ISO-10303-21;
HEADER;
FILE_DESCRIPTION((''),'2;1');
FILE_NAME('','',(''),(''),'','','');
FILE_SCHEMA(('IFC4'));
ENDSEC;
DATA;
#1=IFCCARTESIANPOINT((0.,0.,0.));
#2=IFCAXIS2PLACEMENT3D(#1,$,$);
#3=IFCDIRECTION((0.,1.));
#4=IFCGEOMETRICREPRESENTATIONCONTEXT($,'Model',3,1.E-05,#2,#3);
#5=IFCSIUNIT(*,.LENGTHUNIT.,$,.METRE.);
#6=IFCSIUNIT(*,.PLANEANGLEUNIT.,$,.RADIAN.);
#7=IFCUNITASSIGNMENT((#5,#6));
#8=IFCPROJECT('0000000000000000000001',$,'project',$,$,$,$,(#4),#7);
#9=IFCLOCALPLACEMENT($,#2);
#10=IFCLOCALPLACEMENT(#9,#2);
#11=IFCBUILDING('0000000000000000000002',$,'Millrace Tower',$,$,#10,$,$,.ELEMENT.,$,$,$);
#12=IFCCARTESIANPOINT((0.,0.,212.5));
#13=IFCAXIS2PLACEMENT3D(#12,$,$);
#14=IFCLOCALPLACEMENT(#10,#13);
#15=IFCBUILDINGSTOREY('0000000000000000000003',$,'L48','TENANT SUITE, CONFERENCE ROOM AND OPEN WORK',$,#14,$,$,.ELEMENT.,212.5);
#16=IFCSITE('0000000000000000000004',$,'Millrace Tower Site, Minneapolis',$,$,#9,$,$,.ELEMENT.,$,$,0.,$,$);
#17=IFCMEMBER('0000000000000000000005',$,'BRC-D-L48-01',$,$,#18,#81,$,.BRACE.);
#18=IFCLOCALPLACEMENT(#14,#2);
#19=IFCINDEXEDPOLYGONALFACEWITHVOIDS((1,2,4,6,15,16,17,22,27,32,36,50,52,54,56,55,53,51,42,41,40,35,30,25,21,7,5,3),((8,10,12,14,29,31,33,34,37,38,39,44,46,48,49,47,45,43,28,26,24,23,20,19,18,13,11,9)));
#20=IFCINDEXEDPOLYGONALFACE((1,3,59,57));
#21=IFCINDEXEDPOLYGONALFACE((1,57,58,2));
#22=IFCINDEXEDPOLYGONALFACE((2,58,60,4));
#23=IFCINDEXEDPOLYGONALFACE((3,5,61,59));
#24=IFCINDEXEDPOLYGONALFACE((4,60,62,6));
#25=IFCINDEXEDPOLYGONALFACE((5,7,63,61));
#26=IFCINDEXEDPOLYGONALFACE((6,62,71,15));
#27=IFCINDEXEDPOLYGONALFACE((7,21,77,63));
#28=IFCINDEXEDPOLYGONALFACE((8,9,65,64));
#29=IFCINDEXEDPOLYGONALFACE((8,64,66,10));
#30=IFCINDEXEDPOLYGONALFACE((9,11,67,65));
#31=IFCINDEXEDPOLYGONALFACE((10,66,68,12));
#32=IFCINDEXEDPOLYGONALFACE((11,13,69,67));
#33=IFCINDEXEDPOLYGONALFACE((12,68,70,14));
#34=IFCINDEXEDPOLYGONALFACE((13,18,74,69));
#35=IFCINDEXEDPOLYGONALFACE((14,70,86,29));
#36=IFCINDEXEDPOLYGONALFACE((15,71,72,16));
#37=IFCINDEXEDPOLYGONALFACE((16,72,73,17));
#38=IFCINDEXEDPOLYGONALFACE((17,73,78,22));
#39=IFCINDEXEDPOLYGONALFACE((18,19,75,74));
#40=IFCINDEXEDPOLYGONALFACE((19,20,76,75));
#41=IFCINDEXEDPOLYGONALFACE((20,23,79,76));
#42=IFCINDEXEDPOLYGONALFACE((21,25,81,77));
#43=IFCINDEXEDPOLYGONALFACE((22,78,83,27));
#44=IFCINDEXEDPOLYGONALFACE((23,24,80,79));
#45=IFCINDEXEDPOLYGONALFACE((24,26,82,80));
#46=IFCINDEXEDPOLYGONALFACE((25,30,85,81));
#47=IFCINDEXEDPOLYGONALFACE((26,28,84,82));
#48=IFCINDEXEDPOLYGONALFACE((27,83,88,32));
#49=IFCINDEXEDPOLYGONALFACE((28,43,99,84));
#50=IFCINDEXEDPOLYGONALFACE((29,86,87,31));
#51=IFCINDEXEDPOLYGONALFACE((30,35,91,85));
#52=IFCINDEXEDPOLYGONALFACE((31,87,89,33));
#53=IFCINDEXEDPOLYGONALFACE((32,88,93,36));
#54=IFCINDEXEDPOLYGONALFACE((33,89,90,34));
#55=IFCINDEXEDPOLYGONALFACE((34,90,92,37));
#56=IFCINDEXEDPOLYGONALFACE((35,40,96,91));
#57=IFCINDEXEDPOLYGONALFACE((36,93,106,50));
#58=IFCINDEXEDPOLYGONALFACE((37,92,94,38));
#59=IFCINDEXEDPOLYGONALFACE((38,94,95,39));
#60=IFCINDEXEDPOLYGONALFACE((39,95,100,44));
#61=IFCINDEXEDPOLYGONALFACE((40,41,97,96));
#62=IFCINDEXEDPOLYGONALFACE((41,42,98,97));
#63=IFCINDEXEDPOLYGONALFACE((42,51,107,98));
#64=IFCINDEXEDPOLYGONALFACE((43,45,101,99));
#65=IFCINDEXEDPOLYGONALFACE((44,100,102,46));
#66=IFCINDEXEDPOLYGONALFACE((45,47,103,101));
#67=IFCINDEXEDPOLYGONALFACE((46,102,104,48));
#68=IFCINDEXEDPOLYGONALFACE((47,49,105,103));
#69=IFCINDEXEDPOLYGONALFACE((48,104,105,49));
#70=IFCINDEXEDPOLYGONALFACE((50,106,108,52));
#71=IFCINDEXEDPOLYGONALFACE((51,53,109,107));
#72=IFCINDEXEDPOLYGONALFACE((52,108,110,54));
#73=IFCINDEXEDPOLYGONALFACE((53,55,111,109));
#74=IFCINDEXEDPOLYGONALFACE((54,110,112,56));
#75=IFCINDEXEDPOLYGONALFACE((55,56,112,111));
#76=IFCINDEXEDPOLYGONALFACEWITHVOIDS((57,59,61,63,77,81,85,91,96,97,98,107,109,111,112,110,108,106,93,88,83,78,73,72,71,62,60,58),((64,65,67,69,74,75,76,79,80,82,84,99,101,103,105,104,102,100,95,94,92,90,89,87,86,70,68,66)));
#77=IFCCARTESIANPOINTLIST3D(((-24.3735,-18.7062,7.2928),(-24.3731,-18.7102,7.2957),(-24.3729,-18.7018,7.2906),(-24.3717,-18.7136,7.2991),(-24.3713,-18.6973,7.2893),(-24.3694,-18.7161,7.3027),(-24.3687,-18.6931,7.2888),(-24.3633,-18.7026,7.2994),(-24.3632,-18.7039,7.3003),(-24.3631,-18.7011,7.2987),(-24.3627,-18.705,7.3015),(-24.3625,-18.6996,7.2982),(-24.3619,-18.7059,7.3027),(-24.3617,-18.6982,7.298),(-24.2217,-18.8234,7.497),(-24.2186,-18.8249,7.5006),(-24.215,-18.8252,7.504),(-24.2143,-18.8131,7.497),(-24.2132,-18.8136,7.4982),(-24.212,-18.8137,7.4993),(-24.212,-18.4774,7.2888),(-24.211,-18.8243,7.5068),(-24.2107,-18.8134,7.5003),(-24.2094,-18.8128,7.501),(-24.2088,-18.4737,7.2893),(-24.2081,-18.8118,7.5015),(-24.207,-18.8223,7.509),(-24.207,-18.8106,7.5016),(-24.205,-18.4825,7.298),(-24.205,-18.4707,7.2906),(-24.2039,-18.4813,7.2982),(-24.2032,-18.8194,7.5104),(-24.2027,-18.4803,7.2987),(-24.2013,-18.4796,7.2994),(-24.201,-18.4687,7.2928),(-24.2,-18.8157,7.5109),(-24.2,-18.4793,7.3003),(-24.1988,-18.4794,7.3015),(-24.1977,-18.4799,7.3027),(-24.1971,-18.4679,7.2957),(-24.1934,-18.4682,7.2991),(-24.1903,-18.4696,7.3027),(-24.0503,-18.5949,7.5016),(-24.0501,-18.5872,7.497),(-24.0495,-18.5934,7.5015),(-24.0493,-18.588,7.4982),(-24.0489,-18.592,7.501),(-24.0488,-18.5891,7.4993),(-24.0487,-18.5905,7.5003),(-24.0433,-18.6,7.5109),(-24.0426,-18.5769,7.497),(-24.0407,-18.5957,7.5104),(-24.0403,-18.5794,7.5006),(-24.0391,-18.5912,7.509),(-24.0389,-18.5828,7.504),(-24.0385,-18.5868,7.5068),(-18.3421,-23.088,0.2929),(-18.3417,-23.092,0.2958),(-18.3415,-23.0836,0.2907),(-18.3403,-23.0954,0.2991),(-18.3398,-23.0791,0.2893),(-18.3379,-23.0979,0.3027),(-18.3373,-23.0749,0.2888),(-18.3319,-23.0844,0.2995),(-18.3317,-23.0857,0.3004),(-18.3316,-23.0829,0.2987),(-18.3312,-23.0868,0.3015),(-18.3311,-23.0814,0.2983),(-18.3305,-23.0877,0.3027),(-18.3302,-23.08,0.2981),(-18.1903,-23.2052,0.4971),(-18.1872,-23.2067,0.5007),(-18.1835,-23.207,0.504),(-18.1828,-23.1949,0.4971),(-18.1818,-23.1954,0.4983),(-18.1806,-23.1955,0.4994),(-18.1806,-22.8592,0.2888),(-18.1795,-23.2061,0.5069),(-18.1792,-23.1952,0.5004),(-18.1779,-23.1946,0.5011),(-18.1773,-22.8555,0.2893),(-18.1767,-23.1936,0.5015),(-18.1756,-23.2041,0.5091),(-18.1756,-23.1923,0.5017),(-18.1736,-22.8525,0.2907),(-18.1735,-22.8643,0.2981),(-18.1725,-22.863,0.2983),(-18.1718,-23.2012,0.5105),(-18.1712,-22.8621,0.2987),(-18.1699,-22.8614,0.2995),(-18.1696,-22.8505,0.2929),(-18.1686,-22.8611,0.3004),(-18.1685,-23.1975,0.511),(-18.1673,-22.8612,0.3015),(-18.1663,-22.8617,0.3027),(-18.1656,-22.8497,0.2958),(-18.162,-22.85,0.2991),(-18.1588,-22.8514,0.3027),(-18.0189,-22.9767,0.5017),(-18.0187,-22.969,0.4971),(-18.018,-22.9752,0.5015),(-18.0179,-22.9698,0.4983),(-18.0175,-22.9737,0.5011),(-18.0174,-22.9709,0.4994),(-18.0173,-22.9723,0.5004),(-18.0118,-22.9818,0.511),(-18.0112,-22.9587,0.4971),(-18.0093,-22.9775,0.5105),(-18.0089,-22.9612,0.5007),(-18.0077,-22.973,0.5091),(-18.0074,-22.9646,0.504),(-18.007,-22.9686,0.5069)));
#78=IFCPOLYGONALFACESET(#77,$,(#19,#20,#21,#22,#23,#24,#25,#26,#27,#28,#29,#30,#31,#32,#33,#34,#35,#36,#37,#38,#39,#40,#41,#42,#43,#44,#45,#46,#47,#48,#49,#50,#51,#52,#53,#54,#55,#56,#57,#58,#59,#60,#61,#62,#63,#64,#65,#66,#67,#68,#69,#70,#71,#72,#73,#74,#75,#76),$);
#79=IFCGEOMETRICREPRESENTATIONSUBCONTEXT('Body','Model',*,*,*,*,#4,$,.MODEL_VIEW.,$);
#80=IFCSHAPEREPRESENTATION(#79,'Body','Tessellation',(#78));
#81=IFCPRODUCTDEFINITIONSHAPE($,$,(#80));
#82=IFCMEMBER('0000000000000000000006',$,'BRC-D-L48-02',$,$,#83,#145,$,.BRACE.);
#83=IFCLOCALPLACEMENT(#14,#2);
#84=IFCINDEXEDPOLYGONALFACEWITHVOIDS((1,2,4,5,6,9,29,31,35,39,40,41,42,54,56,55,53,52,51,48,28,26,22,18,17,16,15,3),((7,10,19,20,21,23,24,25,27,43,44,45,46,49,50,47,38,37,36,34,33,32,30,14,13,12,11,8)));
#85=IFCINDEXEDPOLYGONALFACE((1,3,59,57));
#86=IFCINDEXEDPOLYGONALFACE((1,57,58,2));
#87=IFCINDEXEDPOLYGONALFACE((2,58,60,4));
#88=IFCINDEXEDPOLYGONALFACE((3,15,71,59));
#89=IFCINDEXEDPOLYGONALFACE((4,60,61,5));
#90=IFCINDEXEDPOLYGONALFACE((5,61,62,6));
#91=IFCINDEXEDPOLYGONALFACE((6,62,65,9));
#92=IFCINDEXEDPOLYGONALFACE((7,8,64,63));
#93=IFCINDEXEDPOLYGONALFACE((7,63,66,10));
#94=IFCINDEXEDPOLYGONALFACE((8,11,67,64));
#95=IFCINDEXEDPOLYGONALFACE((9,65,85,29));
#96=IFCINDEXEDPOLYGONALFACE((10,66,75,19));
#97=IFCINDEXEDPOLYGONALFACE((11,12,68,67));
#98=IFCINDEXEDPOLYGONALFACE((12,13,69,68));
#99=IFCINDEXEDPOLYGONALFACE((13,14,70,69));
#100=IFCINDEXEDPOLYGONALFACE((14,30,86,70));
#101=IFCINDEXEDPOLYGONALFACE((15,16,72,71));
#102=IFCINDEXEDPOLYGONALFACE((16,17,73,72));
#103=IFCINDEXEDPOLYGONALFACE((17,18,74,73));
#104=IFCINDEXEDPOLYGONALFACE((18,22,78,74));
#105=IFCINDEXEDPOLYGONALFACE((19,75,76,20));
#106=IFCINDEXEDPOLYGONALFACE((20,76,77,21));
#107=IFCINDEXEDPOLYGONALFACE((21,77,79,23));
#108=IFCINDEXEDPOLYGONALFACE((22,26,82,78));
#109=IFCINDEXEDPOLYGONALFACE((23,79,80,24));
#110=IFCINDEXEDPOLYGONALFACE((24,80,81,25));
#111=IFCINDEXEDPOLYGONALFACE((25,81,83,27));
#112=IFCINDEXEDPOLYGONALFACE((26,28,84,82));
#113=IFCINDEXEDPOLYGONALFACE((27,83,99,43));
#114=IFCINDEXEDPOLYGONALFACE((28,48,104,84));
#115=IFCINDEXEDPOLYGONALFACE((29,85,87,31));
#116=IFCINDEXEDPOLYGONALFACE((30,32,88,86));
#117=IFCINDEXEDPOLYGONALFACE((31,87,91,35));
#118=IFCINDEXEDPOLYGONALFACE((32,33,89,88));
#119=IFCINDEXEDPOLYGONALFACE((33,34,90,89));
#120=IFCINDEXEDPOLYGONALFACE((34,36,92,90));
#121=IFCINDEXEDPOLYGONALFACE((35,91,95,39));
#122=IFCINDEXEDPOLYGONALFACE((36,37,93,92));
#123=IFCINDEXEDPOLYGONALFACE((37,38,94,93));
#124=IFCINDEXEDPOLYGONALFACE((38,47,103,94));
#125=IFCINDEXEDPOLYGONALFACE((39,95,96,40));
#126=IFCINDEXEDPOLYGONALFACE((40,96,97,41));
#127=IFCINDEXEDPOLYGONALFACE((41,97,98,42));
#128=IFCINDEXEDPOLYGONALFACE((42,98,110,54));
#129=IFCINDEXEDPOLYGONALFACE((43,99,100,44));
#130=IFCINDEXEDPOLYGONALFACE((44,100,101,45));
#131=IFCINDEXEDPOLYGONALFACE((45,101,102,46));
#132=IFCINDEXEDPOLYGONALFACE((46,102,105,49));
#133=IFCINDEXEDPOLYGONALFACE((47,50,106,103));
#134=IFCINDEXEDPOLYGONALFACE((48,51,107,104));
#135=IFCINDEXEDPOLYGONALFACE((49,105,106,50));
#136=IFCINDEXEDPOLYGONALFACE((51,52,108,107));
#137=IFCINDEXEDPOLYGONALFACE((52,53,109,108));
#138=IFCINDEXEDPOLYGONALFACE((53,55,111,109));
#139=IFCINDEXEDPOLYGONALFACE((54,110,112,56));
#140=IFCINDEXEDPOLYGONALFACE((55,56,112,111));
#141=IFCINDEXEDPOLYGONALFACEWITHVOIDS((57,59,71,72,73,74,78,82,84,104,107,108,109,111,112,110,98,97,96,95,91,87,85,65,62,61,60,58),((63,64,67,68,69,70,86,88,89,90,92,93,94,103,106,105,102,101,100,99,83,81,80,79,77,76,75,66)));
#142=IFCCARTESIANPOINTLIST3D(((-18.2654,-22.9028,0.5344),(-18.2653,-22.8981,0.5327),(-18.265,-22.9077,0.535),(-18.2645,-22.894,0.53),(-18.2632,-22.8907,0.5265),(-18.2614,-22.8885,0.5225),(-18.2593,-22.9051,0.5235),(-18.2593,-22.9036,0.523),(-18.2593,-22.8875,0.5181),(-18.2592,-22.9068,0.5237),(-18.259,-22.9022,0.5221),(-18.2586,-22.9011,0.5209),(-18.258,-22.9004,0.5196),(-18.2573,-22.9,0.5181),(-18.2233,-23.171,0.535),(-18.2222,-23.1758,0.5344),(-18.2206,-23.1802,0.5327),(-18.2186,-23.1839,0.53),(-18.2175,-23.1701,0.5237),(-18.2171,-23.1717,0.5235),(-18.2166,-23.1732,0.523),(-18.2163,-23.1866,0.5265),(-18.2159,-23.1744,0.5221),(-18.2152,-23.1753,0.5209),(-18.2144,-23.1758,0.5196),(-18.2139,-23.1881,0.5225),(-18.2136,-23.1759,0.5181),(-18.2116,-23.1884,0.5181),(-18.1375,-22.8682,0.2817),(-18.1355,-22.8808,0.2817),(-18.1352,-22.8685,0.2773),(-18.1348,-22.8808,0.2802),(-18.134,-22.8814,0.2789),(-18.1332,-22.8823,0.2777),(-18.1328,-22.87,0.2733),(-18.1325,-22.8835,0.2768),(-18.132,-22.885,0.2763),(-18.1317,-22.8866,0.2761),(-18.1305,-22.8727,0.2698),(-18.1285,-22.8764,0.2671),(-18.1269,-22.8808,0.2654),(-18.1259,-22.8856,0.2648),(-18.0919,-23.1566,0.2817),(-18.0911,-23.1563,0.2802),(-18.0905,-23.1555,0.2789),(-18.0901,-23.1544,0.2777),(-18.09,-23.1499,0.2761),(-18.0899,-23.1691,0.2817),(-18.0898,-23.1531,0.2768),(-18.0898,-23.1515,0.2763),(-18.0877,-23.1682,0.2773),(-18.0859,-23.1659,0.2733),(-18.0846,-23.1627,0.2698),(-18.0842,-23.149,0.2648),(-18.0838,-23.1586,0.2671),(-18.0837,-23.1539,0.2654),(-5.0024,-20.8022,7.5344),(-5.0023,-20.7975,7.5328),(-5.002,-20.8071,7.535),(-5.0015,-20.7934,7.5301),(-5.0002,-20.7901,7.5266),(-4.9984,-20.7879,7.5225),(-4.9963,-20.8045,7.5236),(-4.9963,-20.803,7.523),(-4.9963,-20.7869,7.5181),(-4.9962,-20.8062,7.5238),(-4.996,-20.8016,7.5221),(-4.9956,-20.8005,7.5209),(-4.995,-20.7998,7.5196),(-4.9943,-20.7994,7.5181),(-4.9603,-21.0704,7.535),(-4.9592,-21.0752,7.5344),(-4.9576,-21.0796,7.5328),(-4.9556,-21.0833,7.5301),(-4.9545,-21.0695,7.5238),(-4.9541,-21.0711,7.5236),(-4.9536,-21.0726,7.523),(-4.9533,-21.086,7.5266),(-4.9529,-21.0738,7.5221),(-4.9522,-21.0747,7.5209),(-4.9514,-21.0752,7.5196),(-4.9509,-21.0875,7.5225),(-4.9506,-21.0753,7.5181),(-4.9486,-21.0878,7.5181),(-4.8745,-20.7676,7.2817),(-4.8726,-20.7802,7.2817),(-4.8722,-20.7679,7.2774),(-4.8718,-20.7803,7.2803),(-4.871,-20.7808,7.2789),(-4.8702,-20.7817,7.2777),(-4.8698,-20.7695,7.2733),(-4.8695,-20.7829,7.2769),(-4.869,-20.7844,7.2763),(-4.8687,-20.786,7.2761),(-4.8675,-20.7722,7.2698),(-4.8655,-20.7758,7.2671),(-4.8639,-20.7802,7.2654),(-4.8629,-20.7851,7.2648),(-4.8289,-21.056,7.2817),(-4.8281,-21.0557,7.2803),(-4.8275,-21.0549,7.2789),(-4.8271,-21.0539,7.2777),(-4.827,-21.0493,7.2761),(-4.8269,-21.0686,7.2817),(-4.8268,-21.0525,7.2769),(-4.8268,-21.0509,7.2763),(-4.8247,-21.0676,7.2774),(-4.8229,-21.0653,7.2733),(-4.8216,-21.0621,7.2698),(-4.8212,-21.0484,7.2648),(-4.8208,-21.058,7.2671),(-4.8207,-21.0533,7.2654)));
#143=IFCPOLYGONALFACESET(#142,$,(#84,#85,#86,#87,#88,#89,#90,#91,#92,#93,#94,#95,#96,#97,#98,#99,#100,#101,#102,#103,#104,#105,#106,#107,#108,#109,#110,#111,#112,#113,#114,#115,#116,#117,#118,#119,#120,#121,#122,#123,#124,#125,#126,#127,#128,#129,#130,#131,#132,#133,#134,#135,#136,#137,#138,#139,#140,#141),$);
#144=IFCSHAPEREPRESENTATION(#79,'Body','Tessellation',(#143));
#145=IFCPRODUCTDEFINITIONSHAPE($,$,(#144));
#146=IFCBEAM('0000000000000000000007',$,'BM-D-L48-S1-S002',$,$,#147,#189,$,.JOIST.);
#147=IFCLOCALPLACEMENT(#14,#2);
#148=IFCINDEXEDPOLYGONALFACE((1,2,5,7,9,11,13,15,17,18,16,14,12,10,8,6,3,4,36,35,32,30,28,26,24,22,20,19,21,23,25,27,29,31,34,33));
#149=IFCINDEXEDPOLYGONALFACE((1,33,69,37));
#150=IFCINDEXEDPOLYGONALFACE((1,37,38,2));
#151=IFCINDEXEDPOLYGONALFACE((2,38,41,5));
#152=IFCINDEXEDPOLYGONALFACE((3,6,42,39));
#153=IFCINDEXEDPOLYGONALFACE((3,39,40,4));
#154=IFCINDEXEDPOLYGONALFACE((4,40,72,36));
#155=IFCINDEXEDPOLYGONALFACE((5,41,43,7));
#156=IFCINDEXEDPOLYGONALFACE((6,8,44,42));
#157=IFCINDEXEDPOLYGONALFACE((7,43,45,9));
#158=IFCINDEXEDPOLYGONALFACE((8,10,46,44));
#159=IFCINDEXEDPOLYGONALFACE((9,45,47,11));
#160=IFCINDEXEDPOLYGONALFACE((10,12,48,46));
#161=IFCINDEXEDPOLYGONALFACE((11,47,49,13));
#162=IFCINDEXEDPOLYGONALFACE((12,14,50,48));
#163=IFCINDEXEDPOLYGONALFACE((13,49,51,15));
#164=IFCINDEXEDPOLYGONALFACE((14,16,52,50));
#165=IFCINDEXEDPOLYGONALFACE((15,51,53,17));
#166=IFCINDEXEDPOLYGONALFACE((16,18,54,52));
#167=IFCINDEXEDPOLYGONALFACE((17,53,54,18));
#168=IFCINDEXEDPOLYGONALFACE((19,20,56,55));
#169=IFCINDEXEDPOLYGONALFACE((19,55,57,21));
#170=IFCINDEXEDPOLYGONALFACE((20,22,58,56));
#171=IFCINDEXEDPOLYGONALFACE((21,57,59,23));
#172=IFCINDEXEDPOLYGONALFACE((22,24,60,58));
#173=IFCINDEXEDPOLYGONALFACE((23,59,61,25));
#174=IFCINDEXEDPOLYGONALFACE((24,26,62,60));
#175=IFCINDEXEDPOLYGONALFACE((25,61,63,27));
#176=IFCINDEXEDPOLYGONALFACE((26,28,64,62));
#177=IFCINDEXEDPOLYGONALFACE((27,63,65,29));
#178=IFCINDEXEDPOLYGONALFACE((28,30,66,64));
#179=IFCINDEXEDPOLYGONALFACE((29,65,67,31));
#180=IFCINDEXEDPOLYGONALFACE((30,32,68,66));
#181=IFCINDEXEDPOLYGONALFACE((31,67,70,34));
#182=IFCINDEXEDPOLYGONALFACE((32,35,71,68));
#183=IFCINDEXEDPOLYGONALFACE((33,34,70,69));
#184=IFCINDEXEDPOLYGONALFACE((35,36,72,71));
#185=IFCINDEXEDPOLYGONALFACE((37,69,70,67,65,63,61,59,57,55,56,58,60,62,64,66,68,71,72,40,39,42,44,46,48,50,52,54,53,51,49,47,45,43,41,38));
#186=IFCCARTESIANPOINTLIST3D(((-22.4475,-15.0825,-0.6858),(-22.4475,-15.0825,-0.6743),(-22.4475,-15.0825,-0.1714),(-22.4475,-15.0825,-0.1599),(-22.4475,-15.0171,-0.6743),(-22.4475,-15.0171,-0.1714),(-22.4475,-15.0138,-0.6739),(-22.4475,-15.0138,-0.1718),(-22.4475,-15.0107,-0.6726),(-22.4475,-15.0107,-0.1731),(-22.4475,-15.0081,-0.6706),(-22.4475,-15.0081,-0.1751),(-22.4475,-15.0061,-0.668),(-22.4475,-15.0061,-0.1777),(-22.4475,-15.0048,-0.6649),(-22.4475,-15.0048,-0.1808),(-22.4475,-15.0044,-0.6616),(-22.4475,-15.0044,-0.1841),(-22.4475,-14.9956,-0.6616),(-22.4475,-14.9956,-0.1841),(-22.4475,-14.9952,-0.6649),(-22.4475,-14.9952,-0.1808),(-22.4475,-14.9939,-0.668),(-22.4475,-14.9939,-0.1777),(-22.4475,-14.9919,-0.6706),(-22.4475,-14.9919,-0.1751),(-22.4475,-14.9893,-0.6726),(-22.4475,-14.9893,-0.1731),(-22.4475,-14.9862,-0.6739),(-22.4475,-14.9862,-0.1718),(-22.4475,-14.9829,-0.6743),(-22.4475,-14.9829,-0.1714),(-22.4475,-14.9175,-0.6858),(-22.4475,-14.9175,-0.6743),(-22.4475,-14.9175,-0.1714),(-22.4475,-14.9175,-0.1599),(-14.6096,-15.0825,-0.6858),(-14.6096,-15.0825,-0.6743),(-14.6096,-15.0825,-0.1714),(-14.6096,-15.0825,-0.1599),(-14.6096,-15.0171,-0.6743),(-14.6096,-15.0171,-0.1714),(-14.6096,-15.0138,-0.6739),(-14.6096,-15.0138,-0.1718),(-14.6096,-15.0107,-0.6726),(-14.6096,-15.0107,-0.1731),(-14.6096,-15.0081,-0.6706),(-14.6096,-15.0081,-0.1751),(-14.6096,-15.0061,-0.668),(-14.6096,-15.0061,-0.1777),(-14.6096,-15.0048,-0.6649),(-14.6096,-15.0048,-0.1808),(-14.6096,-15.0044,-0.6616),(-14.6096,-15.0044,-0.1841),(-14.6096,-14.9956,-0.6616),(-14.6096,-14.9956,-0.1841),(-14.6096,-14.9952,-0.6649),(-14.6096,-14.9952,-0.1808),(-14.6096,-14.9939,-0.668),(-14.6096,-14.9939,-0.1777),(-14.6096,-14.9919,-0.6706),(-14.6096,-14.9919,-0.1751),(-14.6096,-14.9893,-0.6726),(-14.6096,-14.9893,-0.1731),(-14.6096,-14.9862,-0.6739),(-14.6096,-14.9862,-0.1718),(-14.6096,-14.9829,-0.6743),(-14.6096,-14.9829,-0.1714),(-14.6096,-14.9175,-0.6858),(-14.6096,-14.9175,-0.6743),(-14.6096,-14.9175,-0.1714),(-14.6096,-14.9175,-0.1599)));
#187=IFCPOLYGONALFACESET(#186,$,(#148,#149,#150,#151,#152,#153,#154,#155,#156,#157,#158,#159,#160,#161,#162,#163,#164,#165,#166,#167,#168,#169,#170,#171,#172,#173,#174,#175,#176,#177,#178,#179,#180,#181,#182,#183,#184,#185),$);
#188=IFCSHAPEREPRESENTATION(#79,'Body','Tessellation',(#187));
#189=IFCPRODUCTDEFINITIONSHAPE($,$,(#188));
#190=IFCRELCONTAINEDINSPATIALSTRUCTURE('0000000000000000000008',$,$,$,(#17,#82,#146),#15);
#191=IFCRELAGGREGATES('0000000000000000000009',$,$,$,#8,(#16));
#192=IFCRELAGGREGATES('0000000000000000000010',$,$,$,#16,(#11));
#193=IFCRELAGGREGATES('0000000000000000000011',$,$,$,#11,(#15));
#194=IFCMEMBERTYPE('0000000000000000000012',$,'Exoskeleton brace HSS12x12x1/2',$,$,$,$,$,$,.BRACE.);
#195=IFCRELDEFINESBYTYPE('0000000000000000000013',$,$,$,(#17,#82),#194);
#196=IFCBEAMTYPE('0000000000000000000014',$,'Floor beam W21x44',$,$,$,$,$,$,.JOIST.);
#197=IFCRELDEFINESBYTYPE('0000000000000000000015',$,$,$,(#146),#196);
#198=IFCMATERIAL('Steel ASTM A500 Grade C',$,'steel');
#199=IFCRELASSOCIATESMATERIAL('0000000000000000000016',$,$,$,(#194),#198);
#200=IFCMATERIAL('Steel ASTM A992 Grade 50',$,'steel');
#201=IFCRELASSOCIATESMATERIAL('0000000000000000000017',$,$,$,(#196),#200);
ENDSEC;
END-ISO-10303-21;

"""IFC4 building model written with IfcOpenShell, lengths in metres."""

from ifc_helpers import new_model, si_unit, direction, frame, origin, origin_2d, place, context, subcontext, project, spatial, hollow_rectangle, i_section, extrude, material, material_profile, profile_set, type_object, element, save


model = new_model("IFC4")

# Units and contexts
model_context = context("Model", 3, precision=1e-05, world=origin(), true_north=direction((0.0, 1.0)))
body_context = subcontext(model_context, "Body", "Model", "MODEL_VIEW")
ifc_project = project(units=[si_unit("LENGTHUNIT", "METRE"), si_unit("PLANEANGLEUNIT", "RADIAN")], contexts=[model_context])

# Site, building, storey
site_placement = place(None, origin())
site = spatial("IfcSite", under=ifc_project, at=site_placement, Name="Millrace Tower Site, Minneapolis", CompositionType="ELEMENT", RefElevation=0.0)
building_placement = place(site_placement, origin())
building = spatial("IfcBuilding", under=site, at=building_placement, Name="Millrace Tower", CompositionType="ELEMENT")
storey_placement = place(building_placement, frame((0.0, 0.0, 212.5)))
storey = spatial("IfcBuildingStorey", under=building, at=storey_placement, Name="L48", Description="TENANT SUITE, CONFERENCE ROOM AND OPEN WORK", CompositionType="ELEMENT", Elevation=212.5)

# Members
ifc_material_1 = material(Name="Steel ASTM A500 Grade C", Category="steel")
ifc_material_profile_1 = material_profile(ifc_material_1, hollow_rectangle(XDim=0.3047, YDim=0.3047, WallThickness=0.0127, InnerFilletRadius=0.0063, OuterFilletRadius=0.019, at=origin_2d()))
ifc_profile_set_1 = profile_set([ifc_material_profile_1], Name="Steel ASTM A500 Grade C")
member_type_1 = type_object("IfcMemberType", Name="Exoskeleton brace HSS12x12x1/2", PredefinedType="BRACE", material=ifc_profile_set_1)
member_1_placement = place(storey_placement, frame((-18.1746, -23.0283, 0.3999), z_axis=(-0.589796, 0.428482, 0.684502), x_axis=(-0.587759, -0.809036, 0.0)))
element("IfcMember", 1, at=member_1_placement, inside=storey, type_object=member_type_1, Name="BRC-D-L48-01", PredefinedType="BRACE", context=body_context, shape_type="SweptSolid", body=[
    extrude(hollow_rectangle(XDim=0.3047, YDim=0.3047, WallThickness=0.0127, InnerFilletRadius=0.0063, OuterFilletRadius=0.019, at=origin_2d()), origin(), (0.0, 0.0, 1.0), 10.2263),
])
member_2_placement = place(storey_placement, frame((-18.1746, -23.0283, 0.3999), z_axis=(0.875832, 0.138714, 0.462252), x_axis=(-0.15643, 0.987689, 0.0)))
element("IfcMember", 2, at=member_2_placement, inside=storey, type_object=member_type_1, Name="BRC-D-L48-02", PredefinedType="BRACE", context=body_context, shape_type="SweptSolid", body=[
    extrude(hollow_rectangle(XDim=0.3047, YDim=0.3047, WallThickness=0.0127, InnerFilletRadius=0.0063, OuterFilletRadius=0.019, at=origin_2d()), origin(), (0.0, 0.0, 1.0), 15.1433),
])

# Beam
ifc_material_2 = material(Name="Steel ASTM A992 Grade 50", Category="steel")
ifc_material_profile_2 = material_profile(ifc_material_2, i_section(OverallWidth=0.165, OverallDepth=0.5259, WebThickness=0.0088, FlangeThickness=0.0115, FilletRadius=0.0127, at=origin_2d()))
ifc_profile_set_2 = profile_set([ifc_material_profile_2], Name="Steel ASTM A992 Grade 50")
beam_type_1 = type_object("IfcBeamType", Name="Floor beam W21x44", PredefinedType="JOIST", material=ifc_profile_set_2)
beam_1_placement = place(storey_placement, frame((-22.4475, -15.0, -0.4229), z_axis=(1.0, 0.0, 0.0), x_axis=(0.0, 1.0, 0.0)))
element("IfcBeam", 3, at=beam_1_placement, inside=storey, type_object=beam_type_1, Name="BM-D-L48-S1-S002", PredefinedType="JOIST", context=body_context, shape_type="SweptSolid", body=[
    extrude(i_section(OverallWidth=0.165, OverallDepth=0.5259, WebThickness=0.0088, FlangeThickness=0.0115, FilletRadius=0.0127, at=origin_2d()), origin(), (0.0, 0.0, 1.0), 7.8379),
])

save(model, "model.ifc")
